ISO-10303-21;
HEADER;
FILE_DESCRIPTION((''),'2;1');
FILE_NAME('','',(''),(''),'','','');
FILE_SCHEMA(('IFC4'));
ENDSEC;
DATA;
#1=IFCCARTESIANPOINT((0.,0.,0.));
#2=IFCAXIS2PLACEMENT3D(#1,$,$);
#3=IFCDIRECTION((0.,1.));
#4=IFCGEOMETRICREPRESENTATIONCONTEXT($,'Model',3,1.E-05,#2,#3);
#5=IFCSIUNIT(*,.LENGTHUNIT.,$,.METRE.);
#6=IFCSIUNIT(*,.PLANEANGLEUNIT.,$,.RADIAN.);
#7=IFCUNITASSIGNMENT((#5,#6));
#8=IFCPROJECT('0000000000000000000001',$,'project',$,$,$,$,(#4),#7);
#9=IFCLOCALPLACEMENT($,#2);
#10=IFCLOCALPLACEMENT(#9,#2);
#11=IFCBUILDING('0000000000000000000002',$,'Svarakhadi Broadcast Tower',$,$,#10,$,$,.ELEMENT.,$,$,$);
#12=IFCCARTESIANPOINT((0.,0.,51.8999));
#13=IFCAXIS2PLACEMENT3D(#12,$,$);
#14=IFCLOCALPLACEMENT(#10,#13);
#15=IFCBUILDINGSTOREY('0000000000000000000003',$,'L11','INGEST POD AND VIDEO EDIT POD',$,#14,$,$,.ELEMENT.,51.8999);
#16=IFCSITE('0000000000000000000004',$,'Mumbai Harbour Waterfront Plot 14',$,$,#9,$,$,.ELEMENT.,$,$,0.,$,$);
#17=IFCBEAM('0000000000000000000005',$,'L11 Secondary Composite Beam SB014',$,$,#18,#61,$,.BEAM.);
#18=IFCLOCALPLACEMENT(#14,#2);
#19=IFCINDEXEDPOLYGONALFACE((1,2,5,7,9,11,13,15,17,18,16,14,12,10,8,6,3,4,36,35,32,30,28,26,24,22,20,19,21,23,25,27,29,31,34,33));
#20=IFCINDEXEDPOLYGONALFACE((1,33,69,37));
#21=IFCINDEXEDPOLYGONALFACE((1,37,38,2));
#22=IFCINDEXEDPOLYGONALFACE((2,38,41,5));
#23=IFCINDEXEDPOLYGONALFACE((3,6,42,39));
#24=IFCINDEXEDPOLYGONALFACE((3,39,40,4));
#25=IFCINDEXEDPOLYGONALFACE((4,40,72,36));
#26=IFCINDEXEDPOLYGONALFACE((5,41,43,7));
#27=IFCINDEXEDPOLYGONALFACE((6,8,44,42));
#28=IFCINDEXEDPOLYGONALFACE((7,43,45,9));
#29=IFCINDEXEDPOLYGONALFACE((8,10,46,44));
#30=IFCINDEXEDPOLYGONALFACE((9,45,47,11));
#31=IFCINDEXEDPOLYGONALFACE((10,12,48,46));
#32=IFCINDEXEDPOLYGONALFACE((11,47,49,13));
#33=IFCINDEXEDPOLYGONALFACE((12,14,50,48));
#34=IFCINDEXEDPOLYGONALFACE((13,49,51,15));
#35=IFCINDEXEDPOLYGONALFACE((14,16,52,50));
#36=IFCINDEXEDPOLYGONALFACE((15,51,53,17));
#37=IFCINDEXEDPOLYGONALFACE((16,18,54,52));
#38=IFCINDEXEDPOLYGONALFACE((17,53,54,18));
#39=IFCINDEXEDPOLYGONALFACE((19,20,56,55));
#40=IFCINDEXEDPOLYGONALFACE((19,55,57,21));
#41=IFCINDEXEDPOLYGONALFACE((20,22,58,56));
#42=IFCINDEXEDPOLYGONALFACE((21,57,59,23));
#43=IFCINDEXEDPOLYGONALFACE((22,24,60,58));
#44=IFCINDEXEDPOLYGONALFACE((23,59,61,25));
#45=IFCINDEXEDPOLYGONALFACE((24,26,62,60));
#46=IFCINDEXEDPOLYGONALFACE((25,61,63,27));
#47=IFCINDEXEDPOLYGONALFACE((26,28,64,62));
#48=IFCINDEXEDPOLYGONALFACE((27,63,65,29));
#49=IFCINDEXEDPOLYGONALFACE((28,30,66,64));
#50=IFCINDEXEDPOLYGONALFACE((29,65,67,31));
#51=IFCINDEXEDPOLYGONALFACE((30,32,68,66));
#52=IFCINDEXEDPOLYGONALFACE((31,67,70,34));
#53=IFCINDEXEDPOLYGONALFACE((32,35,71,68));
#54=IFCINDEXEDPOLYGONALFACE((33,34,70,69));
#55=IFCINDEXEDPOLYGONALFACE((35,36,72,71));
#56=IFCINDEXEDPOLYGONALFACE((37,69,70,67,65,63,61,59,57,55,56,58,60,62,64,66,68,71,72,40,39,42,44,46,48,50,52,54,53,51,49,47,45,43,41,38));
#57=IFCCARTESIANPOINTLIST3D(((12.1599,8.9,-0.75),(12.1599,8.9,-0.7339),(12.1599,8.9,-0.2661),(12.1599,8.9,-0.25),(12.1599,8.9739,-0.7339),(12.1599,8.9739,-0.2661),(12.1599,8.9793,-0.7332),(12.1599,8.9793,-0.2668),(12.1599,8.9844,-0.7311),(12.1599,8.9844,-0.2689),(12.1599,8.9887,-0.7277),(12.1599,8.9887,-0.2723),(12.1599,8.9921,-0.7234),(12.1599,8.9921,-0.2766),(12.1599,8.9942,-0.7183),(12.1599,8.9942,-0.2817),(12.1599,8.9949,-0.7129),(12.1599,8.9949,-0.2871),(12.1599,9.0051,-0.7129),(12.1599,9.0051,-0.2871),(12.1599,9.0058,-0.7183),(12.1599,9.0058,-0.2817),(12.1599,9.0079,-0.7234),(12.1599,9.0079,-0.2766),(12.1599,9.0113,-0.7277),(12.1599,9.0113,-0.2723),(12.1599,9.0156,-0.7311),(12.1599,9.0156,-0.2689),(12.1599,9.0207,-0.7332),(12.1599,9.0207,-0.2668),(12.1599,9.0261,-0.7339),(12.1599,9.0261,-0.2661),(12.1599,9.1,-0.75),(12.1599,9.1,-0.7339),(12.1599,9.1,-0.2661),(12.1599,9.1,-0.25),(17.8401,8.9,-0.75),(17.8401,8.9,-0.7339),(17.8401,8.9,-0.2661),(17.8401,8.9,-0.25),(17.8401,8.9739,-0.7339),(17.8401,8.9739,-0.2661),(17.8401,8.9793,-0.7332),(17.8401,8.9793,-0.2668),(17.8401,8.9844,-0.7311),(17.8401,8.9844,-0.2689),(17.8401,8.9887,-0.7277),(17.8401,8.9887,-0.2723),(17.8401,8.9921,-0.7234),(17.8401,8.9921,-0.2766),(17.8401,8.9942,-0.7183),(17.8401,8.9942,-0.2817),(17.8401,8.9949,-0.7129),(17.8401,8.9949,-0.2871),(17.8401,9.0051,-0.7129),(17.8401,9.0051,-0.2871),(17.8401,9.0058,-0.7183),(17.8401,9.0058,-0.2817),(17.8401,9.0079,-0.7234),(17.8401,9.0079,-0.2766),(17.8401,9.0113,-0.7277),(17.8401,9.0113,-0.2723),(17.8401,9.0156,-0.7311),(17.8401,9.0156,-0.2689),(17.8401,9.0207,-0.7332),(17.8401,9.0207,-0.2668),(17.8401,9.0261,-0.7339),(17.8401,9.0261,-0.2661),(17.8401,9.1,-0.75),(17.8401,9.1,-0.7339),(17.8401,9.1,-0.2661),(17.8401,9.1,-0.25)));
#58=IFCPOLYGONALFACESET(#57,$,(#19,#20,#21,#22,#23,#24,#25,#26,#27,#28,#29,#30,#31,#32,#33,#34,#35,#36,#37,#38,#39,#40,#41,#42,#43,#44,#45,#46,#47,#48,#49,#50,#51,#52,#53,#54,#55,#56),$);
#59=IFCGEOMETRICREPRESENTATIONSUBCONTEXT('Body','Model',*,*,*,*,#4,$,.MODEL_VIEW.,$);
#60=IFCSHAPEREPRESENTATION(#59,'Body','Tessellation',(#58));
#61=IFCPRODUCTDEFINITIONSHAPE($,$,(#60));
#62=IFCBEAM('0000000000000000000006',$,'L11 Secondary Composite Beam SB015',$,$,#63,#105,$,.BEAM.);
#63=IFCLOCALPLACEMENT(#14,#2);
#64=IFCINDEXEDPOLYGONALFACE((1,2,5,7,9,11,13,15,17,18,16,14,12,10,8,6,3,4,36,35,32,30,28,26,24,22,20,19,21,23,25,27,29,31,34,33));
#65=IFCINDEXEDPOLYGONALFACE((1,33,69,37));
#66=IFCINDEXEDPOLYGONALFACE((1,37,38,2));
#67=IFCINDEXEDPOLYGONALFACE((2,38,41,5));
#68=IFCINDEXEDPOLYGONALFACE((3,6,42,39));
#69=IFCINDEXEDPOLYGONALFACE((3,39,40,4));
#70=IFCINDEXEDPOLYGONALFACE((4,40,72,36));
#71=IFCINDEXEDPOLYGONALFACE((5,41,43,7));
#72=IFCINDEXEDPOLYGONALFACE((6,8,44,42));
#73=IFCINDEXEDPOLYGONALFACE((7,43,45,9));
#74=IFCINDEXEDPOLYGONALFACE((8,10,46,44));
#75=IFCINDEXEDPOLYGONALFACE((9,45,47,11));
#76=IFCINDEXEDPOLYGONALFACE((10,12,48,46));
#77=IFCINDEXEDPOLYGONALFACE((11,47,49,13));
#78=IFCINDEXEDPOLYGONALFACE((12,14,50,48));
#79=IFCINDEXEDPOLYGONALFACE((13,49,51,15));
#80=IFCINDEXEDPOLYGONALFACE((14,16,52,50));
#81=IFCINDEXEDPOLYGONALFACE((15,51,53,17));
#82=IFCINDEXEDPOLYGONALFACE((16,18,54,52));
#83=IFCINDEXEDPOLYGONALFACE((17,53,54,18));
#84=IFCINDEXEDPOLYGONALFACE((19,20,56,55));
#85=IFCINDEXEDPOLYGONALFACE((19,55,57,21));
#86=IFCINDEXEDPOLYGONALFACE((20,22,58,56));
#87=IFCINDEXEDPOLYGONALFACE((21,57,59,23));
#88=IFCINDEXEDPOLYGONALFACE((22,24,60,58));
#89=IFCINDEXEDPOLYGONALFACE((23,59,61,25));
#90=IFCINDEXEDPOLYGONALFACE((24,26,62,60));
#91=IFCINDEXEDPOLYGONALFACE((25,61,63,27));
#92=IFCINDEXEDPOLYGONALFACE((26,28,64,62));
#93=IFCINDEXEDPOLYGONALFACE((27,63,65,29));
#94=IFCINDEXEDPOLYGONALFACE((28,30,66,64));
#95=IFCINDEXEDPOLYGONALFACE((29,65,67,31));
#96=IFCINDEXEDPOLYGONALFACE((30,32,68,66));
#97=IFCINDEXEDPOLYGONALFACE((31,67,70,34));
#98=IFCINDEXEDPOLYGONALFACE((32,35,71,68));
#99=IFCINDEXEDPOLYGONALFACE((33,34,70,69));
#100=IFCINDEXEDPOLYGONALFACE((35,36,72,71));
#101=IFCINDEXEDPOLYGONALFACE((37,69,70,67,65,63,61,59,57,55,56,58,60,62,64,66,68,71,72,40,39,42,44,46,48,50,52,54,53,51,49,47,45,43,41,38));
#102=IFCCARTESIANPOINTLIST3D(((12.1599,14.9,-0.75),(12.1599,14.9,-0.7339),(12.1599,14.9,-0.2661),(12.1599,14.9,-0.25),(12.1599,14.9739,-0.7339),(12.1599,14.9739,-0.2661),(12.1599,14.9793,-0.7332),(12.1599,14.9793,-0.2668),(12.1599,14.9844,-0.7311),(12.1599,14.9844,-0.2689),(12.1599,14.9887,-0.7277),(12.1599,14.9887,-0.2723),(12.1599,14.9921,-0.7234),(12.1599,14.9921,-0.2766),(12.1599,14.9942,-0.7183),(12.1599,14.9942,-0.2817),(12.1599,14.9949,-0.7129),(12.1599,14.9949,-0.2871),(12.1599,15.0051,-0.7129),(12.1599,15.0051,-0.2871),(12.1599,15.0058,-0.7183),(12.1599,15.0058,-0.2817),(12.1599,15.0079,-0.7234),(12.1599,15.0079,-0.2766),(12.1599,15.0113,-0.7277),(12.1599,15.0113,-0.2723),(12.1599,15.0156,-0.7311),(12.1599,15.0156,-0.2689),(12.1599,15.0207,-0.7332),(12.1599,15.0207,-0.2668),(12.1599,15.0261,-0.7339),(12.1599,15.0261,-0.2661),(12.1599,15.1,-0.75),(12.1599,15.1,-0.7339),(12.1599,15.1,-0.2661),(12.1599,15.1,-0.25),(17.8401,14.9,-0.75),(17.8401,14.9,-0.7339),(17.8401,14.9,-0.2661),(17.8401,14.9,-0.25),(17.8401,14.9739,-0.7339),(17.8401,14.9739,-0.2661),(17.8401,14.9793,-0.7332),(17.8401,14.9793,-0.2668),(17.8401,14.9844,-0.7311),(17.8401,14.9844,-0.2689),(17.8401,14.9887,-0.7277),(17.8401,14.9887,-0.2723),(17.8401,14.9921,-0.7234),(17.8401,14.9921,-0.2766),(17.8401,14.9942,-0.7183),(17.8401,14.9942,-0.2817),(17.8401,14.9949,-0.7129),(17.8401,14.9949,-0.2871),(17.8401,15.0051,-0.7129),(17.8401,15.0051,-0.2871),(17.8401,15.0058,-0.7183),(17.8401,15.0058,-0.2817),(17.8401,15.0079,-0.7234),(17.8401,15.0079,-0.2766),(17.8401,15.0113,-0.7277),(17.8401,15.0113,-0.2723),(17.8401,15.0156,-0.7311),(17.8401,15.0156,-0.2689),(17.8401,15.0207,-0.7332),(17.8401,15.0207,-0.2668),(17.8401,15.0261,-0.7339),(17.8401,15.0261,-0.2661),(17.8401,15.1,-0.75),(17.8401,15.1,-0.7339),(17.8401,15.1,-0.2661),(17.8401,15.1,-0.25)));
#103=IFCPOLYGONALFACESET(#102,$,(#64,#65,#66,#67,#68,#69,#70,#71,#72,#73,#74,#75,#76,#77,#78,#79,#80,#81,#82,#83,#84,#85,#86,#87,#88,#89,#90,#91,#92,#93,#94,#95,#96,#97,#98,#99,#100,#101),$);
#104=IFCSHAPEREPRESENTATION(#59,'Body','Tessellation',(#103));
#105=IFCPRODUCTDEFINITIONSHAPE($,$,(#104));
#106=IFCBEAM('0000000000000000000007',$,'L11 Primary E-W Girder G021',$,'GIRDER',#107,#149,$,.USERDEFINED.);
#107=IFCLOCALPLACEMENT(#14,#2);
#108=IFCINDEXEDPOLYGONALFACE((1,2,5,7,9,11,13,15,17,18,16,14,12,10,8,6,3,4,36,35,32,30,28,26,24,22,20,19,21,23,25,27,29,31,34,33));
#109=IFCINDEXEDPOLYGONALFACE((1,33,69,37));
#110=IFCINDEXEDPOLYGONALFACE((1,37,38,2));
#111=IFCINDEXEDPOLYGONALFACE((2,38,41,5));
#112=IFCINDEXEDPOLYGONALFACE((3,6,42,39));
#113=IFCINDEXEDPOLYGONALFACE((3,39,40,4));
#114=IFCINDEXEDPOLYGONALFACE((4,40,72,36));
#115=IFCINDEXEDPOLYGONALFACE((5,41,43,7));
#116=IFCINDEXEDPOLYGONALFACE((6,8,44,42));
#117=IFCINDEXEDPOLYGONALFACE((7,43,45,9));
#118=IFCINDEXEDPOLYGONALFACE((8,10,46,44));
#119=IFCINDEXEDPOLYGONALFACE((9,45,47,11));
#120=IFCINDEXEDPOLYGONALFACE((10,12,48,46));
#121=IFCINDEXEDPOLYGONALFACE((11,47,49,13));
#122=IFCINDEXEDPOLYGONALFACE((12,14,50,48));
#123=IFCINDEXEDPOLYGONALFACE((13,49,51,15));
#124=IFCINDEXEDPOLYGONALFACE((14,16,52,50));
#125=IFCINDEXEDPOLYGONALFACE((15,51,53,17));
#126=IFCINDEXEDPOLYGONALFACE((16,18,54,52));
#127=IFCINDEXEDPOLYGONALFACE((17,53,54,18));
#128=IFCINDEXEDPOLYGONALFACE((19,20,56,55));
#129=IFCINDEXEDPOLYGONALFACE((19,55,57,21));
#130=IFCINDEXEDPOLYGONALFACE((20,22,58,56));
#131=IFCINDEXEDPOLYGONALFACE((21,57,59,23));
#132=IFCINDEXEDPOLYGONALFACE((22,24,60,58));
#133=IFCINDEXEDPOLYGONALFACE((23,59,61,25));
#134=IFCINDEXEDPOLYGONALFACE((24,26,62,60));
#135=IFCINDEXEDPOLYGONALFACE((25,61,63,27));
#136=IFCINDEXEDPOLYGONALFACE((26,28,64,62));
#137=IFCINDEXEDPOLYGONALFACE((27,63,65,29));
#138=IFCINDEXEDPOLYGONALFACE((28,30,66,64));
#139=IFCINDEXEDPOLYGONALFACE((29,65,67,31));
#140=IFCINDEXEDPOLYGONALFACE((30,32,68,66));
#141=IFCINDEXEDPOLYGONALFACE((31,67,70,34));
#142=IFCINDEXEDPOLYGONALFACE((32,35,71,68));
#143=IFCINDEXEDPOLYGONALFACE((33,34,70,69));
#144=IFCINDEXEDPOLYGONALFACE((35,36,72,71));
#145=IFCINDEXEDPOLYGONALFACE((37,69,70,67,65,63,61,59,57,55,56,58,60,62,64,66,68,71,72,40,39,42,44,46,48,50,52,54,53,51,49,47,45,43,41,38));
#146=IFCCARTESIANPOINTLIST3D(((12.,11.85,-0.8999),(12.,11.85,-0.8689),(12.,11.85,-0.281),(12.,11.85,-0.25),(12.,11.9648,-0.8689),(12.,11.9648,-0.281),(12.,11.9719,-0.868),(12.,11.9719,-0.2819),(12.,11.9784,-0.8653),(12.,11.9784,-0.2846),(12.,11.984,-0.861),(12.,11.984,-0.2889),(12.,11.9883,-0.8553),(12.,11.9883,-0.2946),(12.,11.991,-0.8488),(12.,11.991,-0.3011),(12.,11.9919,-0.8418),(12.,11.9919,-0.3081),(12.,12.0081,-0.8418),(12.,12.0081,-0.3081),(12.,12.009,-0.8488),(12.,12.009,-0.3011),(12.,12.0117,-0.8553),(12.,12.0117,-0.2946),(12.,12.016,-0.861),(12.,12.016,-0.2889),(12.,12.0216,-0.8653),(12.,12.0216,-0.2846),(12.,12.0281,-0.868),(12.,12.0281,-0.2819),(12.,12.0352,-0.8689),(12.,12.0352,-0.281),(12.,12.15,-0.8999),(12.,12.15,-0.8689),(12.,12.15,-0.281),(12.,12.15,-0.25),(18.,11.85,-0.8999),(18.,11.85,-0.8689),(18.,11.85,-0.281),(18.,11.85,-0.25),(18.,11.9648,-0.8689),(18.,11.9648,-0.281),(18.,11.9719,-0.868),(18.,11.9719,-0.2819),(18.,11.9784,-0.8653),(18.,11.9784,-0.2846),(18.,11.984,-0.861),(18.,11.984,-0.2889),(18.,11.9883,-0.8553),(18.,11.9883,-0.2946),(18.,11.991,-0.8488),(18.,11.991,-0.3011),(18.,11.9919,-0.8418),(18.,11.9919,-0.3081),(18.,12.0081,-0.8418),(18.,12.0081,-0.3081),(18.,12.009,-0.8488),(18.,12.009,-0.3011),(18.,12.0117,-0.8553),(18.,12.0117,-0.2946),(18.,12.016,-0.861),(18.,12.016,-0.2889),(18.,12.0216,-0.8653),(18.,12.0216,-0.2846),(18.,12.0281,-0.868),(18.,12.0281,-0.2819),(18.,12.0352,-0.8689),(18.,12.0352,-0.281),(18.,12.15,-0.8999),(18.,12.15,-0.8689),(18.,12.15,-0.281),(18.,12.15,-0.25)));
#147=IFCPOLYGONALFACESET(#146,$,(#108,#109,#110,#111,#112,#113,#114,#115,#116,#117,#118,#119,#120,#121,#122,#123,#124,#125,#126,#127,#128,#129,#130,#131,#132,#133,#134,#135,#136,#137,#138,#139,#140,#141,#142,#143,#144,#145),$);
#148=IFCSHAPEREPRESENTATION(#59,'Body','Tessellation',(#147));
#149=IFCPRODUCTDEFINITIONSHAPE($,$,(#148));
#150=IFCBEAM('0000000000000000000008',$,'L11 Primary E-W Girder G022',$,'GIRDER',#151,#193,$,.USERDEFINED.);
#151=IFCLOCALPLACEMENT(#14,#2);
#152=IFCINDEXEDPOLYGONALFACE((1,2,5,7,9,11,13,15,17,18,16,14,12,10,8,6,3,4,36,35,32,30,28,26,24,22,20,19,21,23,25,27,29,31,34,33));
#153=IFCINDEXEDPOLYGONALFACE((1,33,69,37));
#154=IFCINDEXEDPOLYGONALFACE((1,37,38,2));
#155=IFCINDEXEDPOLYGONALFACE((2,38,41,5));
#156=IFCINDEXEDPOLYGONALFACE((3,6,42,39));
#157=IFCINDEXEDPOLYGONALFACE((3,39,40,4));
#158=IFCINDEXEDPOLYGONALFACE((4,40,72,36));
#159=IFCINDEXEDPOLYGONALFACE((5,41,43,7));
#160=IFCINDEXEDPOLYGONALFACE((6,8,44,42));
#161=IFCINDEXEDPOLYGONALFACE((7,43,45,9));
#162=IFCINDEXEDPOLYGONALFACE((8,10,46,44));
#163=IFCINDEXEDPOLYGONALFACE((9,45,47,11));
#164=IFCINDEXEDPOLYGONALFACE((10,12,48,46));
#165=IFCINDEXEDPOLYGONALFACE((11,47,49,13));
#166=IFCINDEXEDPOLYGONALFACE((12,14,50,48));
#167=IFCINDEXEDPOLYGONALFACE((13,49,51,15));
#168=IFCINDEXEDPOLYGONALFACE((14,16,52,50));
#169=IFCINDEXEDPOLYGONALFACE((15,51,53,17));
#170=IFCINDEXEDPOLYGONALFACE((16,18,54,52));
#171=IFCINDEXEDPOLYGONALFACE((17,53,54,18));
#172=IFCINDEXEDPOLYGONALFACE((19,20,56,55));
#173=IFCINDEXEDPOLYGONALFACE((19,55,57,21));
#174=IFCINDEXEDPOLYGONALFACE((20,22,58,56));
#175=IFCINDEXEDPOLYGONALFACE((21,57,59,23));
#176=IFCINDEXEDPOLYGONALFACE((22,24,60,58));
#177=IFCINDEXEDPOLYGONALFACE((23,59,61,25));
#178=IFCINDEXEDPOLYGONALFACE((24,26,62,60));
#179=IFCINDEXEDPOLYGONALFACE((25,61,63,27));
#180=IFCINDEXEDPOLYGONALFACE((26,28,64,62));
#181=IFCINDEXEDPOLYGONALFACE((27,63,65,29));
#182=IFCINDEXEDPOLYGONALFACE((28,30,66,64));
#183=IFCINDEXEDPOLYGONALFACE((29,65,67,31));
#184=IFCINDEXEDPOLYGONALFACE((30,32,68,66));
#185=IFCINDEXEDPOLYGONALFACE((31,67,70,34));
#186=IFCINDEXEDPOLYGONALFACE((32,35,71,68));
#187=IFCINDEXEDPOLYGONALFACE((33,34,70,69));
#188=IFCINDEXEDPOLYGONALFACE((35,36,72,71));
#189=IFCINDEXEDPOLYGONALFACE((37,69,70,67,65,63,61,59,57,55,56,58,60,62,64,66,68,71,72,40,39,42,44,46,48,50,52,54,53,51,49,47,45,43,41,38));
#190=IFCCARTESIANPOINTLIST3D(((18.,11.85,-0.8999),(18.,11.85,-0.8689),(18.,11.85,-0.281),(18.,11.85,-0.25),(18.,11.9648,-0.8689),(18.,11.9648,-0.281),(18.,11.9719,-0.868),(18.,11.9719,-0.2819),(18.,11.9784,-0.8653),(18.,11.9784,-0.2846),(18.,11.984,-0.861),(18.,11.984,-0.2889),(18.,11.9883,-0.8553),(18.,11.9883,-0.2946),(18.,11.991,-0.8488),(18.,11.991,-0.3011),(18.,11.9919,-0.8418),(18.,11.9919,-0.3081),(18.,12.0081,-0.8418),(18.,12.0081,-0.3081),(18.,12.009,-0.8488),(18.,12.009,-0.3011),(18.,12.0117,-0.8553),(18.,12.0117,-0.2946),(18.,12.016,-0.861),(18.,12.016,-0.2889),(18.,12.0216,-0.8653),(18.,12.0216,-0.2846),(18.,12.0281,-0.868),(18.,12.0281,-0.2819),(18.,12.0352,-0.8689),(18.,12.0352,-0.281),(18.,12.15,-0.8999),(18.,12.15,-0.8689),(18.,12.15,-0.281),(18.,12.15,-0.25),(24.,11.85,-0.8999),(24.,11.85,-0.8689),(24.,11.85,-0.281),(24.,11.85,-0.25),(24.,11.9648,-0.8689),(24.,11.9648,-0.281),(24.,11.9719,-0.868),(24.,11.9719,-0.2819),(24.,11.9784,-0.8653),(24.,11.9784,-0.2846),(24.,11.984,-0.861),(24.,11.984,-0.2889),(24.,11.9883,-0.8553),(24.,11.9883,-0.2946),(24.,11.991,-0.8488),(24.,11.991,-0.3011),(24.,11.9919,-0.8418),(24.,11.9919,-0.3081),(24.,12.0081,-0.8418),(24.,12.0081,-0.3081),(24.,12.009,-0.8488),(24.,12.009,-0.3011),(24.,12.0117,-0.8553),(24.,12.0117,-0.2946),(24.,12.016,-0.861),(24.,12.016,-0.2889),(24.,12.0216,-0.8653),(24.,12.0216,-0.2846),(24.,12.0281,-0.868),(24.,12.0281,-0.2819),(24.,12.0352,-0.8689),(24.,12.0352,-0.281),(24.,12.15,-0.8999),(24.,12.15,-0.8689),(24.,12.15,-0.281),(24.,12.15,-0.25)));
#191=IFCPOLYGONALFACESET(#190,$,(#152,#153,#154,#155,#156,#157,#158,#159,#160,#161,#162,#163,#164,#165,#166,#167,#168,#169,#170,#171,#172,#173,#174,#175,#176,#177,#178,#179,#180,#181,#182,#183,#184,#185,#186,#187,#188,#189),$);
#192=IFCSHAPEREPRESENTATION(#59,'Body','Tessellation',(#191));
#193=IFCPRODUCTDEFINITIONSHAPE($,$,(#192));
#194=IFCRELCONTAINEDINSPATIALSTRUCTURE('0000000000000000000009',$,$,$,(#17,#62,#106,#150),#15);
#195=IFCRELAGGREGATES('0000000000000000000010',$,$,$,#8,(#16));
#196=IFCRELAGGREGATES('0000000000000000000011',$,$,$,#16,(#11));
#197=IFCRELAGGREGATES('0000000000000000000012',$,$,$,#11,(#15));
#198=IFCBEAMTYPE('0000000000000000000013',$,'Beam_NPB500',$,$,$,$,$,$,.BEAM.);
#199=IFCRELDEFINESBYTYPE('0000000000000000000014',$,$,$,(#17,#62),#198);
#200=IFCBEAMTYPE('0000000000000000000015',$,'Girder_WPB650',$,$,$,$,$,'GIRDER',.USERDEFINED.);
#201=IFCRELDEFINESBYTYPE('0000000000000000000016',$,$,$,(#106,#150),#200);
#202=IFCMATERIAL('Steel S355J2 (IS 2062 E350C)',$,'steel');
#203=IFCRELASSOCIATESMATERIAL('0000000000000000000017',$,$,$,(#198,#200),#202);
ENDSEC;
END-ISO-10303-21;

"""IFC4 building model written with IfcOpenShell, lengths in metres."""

from ifc_helpers import new_model, si_unit, direction, frame, origin, origin_2d, place, context, subcontext, project, spatial, i_section, extrude, material, material_profile, profile_set, type_object, element, save


model = new_model("IFC4")

# Units and contexts
model_context = context("Model", 3, precision=1e-05, world=origin(), true_north=direction((0.0, 1.0)))
body_context = subcontext(model_context, "Body", "Model", "MODEL_VIEW")
ifc_project = project(units=[si_unit("LENGTHUNIT", "METRE"), si_unit("PLANEANGLEUNIT", "RADIAN")], contexts=[model_context])

# Site, building, storey
site_placement = place(None, origin())
site = spatial("IfcSite", under=ifc_project, at=site_placement, Name="Mumbai Harbour Waterfront Plot 14", CompositionType="ELEMENT", RefElevation=0.0)
building_placement = place(site_placement, origin())
building = spatial("IfcBuilding", under=site, at=building_placement, Name="Svarakhadi Broadcast Tower", CompositionType="ELEMENT")
storey_placement = place(building_placement, frame((0.0, 0.0, 51.8999)))
storey = spatial("IfcBuildingStorey", under=building, at=storey_placement, Name="L11", Description="INGEST POD AND VIDEO EDIT POD", CompositionType="ELEMENT", Elevation=51.8999)

# Beams
ifc_material_1 = material(Name="Steel S355J2 (IS 2062 E350C)", Category="steel")
ifc_material_profile_1 = material_profile(ifc_material_1, i_section(OverallWidth=0.2, OverallDepth=0.5, WebThickness=0.0103, FlangeThickness=0.0161, FilletRadius=0.021, at=origin_2d()), Name="NPB 500x200x91")
ifc_profile_set_1 = profile_set([ifc_material_profile_1], Name="Steel S355J2 (IS 2062 E350C)")
beam_type_1 = type_object("IfcBeamType", Name="Beam_NPB500", PredefinedType="BEAM", material=ifc_profile_set_1)
for number, where, z_axis, x_axis, name in (
    (1, (12.1599, 9.0, -0.5), (1.0, 0.0, 0.0), (0.0, 1.0, 0.0), "L11 Secondary Composite Beam SB014"),
    (2, (12.1599, 15.0, -0.5), (1.0, 0.0, 0.0), (0.0, 1.0, 0.0), "L11 Secondary Composite Beam SB015"),
):
    element("IfcBeam", number, at=place(storey_placement, frame(where, z_axis=z_axis, x_axis=x_axis)), inside=storey, type_object=beam_type_1, Name=name, PredefinedType="BEAM", context=body_context, shape_type="SweptSolid", body=[
        extrude(i_section(OverallWidth=0.2, OverallDepth=0.5, WebThickness=0.0103, FlangeThickness=0.0161, FilletRadius=0.021, at=origin_2d()), origin(), (0.0, 0.0, 1.0), 5.6802),
    ])
ifc_material_profile_2 = material_profile(ifc_material_1, i_section(OverallWidth=0.3, OverallDepth=0.6499, WebThickness=0.0161, FlangeThickness=0.031, FilletRadius=0.0271, at=origin_2d()), Name="WPB 650x300x225")
ifc_profile_set_2 = profile_set([ifc_material_profile_2], Name="Steel S355J2 (IS 2062 E350C)")
beam_type_2 = type_object("IfcBeamType", Name="Girder_WPB650", ElementType="GIRDER", PredefinedType="USERDEFINED", material=ifc_profile_set_2)
for number, where, z_axis, x_axis, name in (
    (3, (12.0, 12.0, -0.575), (1.0, 0.0, 0.0), (0.0, 1.0, 0.0), "L11 Primary E-W Girder G021"),
    (4, (18.0, 12.0, -0.575), (1.0, 0.0, 0.0), (0.0, 1.0, 0.0), "L11 Primary E-W Girder G022"),
):
    element("IfcBeam", number, at=place(storey_placement, frame(where, z_axis=z_axis, x_axis=x_axis)), inside=storey, type_object=beam_type_2, Name=name, ObjectType="GIRDER", PredefinedType="USERDEFINED", context=body_context, shape_type="SweptSolid", body=[
        extrude(i_section(OverallWidth=0.3, OverallDepth=0.6499, WebThickness=0.0161, FlangeThickness=0.031, FilletRadius=0.0271, at=origin_2d()), origin(), (0.0, 0.0, 1.0), 6.0),
    ])

save(model, "model.ifc")
